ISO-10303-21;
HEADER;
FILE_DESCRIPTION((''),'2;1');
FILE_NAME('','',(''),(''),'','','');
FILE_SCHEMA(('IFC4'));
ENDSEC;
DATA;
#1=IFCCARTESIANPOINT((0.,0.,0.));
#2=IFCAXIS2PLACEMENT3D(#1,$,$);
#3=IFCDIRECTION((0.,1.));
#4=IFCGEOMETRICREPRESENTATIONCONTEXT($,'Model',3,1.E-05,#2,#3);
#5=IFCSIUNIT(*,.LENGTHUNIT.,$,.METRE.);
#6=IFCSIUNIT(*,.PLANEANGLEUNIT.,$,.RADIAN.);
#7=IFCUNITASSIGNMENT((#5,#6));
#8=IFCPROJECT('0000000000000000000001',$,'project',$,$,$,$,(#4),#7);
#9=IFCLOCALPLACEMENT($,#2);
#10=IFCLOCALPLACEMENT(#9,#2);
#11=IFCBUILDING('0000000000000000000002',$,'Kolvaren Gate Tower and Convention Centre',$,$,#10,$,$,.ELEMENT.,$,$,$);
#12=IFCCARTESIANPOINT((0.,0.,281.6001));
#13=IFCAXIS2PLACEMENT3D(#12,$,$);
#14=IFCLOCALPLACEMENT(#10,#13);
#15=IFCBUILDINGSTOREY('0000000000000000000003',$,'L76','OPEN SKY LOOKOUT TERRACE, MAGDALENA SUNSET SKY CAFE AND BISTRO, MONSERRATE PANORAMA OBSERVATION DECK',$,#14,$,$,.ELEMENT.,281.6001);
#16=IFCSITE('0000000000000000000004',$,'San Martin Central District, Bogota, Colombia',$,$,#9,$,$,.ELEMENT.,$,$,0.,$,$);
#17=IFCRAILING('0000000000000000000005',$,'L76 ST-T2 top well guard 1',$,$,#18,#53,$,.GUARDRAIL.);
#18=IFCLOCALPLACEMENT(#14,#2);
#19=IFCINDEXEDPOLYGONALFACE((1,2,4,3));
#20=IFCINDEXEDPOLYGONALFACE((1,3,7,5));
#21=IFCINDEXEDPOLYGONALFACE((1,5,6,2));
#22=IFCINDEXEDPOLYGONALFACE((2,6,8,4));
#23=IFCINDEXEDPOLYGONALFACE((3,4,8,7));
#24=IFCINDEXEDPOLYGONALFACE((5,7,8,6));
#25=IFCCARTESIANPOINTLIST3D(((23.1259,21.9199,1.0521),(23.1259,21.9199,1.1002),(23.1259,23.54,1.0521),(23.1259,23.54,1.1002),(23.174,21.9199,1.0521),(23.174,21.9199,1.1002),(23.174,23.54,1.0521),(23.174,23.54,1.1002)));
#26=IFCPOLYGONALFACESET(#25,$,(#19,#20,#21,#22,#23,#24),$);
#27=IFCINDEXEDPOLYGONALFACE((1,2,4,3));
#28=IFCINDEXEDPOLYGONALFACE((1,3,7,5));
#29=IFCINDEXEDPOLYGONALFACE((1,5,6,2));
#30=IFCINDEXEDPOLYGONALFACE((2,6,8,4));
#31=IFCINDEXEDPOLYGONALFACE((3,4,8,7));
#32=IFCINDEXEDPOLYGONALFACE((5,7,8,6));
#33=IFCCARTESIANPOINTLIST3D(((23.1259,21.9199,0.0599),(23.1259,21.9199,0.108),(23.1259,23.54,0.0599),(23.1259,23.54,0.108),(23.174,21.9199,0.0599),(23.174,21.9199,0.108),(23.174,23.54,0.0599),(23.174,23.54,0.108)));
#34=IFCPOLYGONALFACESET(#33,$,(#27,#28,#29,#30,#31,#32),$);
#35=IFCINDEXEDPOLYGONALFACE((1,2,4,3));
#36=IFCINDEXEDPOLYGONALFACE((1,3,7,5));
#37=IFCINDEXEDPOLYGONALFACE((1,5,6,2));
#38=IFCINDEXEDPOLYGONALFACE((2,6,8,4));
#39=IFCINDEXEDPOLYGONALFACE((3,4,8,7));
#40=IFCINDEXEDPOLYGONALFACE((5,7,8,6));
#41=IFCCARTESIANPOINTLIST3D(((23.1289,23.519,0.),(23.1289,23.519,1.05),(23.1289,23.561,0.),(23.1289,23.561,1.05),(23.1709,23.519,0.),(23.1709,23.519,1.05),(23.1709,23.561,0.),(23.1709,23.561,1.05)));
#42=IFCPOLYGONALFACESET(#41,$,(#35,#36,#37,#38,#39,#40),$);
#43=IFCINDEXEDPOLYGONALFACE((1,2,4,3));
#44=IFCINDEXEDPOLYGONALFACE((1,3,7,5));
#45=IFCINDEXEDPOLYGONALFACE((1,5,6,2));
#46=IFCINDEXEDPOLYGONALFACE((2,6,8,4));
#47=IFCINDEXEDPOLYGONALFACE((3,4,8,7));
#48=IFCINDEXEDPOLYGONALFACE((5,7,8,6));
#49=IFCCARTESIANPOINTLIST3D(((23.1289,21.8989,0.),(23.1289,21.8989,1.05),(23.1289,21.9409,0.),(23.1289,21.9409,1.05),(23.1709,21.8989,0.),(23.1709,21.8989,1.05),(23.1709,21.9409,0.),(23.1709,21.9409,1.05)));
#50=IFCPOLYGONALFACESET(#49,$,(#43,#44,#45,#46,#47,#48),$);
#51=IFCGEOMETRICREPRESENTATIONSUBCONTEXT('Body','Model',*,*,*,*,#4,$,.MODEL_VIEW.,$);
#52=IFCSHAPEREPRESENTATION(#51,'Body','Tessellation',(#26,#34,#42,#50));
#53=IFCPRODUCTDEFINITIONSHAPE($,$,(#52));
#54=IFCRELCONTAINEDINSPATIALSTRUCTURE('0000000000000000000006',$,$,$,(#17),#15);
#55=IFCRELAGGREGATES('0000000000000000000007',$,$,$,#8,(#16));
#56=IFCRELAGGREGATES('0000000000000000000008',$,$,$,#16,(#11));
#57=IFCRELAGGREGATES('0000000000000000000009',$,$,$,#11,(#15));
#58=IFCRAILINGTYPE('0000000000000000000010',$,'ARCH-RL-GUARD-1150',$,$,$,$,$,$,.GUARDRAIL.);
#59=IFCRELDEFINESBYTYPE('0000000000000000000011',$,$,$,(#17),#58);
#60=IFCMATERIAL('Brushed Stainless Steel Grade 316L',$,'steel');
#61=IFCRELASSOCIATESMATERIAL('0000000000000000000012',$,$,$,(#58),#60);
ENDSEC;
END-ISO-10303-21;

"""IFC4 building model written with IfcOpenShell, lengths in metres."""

from ifc_helpers import new_model, si_unit, direction, frame, origin, origin_2d, place, context, subcontext, project, spatial, rectangle, extrude, material, type_object, element, save


model = new_model("IFC4")

# Units and contexts
model_context = context("Model", 3, precision=1e-05, world=origin(), true_north=direction((0.0, 1.0)))
body_context = subcontext(model_context, "Body", "Model", "MODEL_VIEW")
ifc_project = project(units=[si_unit("LENGTHUNIT", "METRE"), si_unit("PLANEANGLEUNIT", "RADIAN")], contexts=[model_context])

# Site, building, storey
site_placement = place(None, origin())
site = spatial("IfcSite", under=ifc_project, at=site_placement, Name="San Martin Central District, Bogota, Colombia", CompositionType="ELEMENT", RefElevation=0.0)
building_placement = place(site_placement, origin())
building = spatial("IfcBuilding", under=site, at=building_placement, Name="Kolvaren Gate Tower and Convention Centre", CompositionType="ELEMENT")
storey_placement = place(building_placement, frame((0.0, 0.0, 281.6001)))
storey = spatial("IfcBuildingStorey", under=building, at=storey_placement, Name="L76", Description="OPEN SKY LOOKOUT TERRACE, MAGDALENA SUNSET SKY CAFE AND BISTRO, MONSERRATE PANORAMA OBSERVATION DECK", CompositionType="ELEMENT", Elevation=281.6001)

# Shared definitions
ifc_material_1 = material(Name="Brushed Stainless Steel Grade 316L", Category="steel")

# Railing
railing_type = type_object("IfcRailingType", Name="ARCH-RL-GUARD-1150", PredefinedType="GUARDRAIL", material=ifc_material_1)
railing_placement = place(storey_placement, frame((23.1499, 23.54, 0.0)))
element("IfcRailing", 1, at=railing_placement, inside=storey, type_object=railing_type, Name="L76 ST-T2 top well guard 1", PredefinedType="GUARDRAIL", context=body_context, shape_type="SweptSolid", body=[
    extrude(rectangle(XDim=0.0481, YDim=0.0481, at=origin_2d()), frame((0.0, 0.0, 1.0762), z_axis=(0.0, -1.0, 0.0), x_axis=(1.0, 0.0, 0.0)), (0.0, 0.0, 1.0), 1.6201),
    extrude(rectangle(XDim=0.0481, YDim=0.0481, at=origin_2d()), frame((0.0, 0.0, 0.084), z_axis=(0.0, -1.0, 0.0), x_axis=(1.0, 0.0, 0.0)), (0.0, 0.0, 1.0), 1.6201),
    extrude(rectangle(XDim=0.042, YDim=0.042, at=origin_2d()), origin(), (0.0, 0.0, 1.0), 1.05),
    extrude(rectangle(XDim=0.042, YDim=0.042, at=origin_2d()), frame((0.0, -1.6201, 0.0)), (0.0, 0.0, 1.0), 1.05),
])

save(model, "model.ifc")
